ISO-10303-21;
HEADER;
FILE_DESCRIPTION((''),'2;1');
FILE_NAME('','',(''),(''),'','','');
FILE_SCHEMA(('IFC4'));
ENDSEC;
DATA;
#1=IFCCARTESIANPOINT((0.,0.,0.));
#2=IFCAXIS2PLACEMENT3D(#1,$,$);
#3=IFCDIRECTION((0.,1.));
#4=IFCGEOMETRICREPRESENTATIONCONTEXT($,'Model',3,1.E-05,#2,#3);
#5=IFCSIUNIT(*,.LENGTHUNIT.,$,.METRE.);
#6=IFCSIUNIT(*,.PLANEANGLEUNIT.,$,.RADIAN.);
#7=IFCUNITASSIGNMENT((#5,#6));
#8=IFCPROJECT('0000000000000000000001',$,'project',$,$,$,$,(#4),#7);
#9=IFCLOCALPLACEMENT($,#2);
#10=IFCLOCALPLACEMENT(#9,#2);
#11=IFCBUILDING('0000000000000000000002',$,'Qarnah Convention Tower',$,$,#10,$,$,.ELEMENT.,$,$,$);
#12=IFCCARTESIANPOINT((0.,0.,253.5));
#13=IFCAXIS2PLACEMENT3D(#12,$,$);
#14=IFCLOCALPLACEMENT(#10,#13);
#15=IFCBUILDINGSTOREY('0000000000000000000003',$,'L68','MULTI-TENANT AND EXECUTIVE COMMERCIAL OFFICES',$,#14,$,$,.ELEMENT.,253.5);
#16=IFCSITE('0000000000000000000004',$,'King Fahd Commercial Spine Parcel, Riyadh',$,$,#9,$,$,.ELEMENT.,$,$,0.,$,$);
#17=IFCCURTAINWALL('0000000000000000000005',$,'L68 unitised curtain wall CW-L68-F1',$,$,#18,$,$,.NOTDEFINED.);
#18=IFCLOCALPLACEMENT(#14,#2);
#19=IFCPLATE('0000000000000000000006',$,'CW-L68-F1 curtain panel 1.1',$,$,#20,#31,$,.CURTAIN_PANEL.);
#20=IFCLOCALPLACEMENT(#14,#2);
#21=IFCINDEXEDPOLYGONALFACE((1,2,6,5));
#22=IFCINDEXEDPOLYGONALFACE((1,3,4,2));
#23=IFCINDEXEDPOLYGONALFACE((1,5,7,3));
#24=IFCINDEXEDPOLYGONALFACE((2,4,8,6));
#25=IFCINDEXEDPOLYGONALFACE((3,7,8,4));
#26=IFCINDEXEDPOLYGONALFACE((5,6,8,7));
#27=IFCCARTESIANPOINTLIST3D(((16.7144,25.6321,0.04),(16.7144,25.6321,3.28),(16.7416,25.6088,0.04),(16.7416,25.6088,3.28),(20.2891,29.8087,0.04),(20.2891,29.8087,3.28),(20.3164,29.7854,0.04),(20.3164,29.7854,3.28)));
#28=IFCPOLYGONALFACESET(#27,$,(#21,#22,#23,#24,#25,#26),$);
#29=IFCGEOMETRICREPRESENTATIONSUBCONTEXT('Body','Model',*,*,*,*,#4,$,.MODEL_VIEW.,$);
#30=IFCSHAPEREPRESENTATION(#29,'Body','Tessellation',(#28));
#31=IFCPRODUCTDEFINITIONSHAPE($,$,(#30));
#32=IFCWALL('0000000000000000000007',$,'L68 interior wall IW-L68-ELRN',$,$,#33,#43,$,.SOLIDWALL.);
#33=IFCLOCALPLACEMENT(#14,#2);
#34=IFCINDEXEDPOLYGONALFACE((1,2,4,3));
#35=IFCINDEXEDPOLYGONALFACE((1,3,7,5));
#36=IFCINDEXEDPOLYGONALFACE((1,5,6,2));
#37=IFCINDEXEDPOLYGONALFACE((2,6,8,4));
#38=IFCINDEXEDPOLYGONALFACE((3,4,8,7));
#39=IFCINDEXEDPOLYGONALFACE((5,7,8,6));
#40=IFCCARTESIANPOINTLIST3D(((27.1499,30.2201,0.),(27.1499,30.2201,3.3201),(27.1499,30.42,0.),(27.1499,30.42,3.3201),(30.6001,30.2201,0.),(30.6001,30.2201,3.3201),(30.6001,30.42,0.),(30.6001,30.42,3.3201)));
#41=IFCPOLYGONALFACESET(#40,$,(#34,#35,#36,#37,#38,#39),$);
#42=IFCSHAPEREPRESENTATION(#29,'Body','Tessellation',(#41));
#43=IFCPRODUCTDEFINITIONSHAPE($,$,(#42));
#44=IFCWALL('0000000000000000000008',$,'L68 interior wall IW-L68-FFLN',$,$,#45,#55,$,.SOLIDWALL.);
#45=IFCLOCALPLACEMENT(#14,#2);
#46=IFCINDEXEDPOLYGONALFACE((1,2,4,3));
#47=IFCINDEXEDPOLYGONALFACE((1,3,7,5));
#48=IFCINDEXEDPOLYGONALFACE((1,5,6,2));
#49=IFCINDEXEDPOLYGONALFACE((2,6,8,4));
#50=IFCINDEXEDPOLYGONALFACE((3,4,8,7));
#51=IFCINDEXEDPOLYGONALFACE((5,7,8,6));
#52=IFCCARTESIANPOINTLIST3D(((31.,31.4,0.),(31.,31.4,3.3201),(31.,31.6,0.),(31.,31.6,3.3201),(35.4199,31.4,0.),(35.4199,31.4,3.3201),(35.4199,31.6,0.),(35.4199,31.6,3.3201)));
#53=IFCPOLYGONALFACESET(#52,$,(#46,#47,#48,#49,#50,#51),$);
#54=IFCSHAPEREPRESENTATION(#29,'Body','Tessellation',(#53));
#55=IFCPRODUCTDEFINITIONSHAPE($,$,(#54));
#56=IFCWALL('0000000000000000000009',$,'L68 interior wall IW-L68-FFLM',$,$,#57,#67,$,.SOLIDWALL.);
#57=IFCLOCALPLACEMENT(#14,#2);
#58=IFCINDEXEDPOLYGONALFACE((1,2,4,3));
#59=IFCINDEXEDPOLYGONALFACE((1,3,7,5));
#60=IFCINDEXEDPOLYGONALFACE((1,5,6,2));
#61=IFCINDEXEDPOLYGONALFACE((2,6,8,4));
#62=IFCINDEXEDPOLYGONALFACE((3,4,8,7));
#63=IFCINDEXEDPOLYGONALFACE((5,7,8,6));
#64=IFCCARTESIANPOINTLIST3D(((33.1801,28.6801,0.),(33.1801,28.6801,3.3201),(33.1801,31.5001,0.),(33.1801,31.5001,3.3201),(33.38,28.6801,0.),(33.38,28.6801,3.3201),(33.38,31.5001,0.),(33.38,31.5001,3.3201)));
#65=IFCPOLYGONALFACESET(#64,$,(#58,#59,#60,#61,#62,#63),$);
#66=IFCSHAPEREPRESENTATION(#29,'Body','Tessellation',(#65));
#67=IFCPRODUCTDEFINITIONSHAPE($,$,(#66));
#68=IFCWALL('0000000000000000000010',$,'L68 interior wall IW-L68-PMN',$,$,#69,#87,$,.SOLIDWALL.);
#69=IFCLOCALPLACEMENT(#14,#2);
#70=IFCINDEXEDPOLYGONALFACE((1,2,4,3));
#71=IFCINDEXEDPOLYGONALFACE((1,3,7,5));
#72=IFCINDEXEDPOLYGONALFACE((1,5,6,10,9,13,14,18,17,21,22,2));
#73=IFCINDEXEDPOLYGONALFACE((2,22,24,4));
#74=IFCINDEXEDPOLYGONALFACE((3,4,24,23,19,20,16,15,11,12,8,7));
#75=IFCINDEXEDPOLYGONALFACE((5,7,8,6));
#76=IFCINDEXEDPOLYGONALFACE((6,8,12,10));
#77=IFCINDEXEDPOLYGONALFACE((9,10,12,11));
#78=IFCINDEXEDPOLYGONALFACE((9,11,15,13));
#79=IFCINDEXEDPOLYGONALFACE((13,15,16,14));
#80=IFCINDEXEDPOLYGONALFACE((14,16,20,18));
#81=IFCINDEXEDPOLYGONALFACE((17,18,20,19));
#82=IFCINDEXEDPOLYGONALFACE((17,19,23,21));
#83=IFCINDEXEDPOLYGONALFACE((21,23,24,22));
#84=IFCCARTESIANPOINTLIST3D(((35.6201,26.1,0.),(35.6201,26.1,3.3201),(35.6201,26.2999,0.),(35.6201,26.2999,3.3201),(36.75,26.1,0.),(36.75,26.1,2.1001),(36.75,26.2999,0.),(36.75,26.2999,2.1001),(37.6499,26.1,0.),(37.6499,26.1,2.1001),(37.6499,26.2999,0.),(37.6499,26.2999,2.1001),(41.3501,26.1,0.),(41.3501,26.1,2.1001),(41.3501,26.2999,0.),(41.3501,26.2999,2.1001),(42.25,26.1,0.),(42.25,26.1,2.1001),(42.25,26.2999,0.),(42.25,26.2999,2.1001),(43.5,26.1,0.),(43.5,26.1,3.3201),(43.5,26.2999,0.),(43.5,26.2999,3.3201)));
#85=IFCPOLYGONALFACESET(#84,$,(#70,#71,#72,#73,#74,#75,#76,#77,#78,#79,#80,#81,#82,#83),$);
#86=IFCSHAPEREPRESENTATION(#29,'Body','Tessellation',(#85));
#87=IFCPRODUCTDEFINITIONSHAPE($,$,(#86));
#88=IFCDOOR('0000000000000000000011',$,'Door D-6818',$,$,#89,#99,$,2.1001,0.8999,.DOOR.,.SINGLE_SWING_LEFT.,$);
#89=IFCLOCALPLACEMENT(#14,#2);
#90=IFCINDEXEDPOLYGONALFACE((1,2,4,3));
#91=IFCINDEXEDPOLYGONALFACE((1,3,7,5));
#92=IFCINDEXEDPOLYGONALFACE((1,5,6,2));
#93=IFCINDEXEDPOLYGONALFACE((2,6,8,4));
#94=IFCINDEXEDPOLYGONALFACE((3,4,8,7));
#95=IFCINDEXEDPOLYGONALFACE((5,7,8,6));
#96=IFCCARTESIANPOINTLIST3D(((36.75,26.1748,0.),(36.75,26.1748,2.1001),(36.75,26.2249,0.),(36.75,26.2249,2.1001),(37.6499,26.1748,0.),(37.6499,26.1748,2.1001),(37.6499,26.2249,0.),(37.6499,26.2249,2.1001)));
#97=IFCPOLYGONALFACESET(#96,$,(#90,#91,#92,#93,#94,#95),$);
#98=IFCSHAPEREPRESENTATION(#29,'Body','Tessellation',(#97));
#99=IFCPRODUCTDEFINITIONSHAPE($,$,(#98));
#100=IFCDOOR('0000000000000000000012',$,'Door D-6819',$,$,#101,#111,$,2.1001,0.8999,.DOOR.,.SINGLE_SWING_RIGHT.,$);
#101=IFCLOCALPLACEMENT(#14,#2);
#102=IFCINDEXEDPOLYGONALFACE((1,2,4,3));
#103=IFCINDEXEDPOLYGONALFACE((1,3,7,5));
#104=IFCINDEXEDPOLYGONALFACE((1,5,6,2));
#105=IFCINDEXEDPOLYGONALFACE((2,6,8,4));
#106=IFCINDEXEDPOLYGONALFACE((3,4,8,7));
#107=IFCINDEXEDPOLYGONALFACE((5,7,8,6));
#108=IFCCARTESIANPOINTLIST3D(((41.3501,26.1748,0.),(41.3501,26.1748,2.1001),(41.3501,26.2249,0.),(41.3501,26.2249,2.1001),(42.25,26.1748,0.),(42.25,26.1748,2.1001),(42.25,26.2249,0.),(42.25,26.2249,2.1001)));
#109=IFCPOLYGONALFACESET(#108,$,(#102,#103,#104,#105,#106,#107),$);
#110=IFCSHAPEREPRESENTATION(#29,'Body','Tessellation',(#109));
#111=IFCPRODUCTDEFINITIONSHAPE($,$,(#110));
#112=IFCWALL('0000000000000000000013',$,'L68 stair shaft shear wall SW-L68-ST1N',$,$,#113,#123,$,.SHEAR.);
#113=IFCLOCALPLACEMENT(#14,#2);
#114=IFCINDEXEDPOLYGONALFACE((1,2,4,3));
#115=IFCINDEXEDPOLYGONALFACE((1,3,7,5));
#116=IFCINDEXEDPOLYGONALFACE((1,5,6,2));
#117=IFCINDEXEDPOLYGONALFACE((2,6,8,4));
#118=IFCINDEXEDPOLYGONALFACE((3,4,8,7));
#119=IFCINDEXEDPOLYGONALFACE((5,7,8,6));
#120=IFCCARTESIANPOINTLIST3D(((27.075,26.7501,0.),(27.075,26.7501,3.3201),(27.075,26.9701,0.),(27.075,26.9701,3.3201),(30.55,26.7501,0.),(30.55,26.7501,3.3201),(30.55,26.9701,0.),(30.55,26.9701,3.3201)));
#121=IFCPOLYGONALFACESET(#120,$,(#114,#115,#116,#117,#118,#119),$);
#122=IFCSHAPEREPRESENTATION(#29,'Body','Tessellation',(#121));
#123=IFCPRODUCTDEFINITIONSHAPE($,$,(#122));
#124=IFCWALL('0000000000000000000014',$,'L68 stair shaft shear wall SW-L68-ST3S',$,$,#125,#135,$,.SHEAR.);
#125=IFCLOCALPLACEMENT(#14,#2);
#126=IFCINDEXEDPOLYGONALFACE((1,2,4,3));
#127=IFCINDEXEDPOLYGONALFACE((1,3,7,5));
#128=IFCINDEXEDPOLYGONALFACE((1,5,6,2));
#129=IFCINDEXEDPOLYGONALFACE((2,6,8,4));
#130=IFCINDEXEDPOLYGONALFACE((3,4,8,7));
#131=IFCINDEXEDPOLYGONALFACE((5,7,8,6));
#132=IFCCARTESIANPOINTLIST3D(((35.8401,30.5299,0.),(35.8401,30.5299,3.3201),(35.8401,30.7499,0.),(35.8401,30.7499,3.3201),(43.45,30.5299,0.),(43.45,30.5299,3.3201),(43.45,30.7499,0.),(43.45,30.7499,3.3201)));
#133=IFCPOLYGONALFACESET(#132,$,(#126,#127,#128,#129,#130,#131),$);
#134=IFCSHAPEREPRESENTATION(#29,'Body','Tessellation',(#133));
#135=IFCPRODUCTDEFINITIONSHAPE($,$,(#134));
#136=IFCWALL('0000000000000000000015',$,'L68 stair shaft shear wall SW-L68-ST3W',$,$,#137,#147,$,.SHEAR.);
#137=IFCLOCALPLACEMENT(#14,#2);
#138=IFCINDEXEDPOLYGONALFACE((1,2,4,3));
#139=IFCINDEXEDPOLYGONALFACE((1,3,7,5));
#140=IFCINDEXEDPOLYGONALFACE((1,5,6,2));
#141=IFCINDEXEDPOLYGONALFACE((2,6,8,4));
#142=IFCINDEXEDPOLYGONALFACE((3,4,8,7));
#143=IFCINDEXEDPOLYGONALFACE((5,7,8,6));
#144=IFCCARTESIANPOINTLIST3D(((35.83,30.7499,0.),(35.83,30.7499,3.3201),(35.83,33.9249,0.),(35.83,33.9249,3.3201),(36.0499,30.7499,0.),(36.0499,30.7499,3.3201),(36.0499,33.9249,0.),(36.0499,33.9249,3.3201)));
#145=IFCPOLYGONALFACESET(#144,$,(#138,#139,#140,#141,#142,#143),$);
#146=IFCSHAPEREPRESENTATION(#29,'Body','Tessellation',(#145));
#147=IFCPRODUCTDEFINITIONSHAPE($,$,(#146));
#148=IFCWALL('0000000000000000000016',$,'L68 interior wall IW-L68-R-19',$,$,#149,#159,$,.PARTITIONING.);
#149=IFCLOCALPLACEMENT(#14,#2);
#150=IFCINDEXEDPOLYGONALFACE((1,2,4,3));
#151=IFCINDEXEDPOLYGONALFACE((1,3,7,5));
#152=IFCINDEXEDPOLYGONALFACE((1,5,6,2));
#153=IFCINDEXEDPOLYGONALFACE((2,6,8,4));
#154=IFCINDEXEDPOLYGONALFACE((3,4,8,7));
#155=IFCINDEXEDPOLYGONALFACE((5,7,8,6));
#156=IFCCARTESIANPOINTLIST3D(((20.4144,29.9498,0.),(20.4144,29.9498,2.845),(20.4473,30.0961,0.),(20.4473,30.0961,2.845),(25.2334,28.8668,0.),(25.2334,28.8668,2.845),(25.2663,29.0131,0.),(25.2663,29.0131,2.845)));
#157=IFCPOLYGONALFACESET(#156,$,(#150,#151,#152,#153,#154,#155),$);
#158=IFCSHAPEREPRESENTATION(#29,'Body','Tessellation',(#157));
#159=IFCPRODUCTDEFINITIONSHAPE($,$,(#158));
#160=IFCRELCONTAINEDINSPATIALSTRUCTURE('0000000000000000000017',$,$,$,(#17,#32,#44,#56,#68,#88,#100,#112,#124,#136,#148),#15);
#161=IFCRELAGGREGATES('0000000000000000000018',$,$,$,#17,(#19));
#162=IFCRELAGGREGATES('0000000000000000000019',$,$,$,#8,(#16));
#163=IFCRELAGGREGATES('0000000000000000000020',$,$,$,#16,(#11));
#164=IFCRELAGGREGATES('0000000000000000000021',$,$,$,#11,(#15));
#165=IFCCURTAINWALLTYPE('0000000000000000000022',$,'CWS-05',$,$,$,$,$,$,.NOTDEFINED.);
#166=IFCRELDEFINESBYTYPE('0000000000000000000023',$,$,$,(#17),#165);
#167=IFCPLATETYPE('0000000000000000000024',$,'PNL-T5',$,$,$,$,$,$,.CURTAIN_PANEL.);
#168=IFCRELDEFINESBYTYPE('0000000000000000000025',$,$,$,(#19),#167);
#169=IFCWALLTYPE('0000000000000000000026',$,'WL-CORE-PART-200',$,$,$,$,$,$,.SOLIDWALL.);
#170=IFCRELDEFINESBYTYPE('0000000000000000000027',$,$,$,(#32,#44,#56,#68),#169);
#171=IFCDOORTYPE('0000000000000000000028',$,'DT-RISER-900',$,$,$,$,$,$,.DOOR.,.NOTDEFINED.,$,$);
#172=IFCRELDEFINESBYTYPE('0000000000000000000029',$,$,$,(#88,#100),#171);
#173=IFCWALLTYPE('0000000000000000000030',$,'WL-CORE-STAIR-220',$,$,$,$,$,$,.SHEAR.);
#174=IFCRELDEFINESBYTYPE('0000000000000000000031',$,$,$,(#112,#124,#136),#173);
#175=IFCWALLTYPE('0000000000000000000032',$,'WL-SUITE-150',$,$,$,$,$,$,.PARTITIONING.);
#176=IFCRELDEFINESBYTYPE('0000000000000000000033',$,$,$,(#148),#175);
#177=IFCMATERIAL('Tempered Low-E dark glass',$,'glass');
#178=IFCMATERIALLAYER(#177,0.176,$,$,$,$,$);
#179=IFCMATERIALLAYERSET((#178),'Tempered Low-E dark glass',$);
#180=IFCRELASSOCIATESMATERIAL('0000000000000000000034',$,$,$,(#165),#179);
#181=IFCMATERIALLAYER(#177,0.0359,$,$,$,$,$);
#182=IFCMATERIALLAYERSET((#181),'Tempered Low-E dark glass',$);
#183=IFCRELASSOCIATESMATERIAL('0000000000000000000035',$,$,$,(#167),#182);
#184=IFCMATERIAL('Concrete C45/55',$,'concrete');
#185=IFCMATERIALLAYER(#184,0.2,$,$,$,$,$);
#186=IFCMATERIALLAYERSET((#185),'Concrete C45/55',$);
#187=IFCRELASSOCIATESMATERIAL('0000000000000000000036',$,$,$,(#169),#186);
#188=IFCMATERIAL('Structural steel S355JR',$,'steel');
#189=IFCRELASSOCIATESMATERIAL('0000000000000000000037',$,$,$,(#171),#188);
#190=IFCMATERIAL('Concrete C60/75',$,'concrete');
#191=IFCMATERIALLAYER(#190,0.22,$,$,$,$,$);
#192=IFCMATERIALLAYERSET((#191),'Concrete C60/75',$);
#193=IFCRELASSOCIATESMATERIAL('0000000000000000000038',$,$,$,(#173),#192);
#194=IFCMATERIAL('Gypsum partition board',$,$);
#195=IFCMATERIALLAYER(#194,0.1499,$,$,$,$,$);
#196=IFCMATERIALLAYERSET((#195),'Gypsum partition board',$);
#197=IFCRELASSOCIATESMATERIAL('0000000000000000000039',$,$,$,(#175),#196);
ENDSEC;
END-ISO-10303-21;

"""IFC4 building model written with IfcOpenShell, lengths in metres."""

from ifc_helpers import new_model, si_unit, direction, frame, frame_2d, origin, origin_2d, place, context, subcontext, project, spatial, rectangle, extrude, material, layer, layer_set, type_object, element, fill, aggregate, save


model = new_model("IFC4")

# Units and contexts
model_context = context("Model", 3, precision=1e-05, world=origin(), true_north=direction((0.0, 1.0)))
body_context = subcontext(model_context, "Body", "Model", "MODEL_VIEW")
ifc_project = project(units=[si_unit("LENGTHUNIT", "METRE"), si_unit("PLANEANGLEUNIT", "RADIAN")], contexts=[model_context])

# Site, building, storey
site_placement = place(None, origin())
site = spatial("IfcSite", under=ifc_project, at=site_placement, Name="King Fahd Commercial Spine Parcel, Riyadh", CompositionType="ELEMENT", RefElevation=0.0)
building_placement = place(site_placement, origin())
building = spatial("IfcBuilding", under=site, at=building_placement, Name="Qarnah Convention Tower", CompositionType="ELEMENT")
storey_placement = place(building_placement, frame((0.0, 0.0, 253.5)))
storey = spatial("IfcBuildingStorey", under=building, at=storey_placement, Name="L68", Description="MULTI-TENANT AND EXECUTIVE COMMERCIAL OFFICES", CompositionType="ELEMENT", Elevation=253.5)

# Shared definitions
ifc_material_1 = material(Name="Structural steel S355JR", Category="steel")

# Curtain wall, plate
ifc_material_2 = material(Name="Tempered Low-E dark glass", Category="glass")
ifc_layer_1 = layer(ifc_material_2, 0.176)
ifc_layer_set_1 = layer_set([ifc_layer_1], Name="Tempered Low-E dark glass")
curtain_wall_type = type_object("IfcCurtainWallType", Name="CWS-05", PredefinedType="NOTDEFINED", material=ifc_layer_set_1)
curtain_wall_placement = place(storey_placement, origin())
curtain_wall = element("IfcCurtainWall", 1, at=curtain_wall_placement, inside=storey, type_object=curtain_wall_type, Name="L68 unitised curtain wall CW-L68-F1", PredefinedType="NOTDEFINED")
ifc_layer_2 = layer(ifc_material_2, 0.0359)
ifc_layer_set_2 = layer_set([ifc_layer_2], Name="Tempered Low-E dark glass")
plate_type = type_object("IfcPlateType", Name="PNL-T5", PredefinedType="CURTAIN_PANEL", material=ifc_layer_set_2)
plate_placement = place(storey_placement, frame((18.5154, 27.7087, 0.04), z_axis=(0.0, 0.0, 1.0), x_axis=(0.650248, 0.759722, 0.0)))
plate = element("IfcPlate", 2, at=plate_placement, type_object=plate_type, Name="CW-L68-F1 curtain panel 1.1", PredefinedType="CURTAIN_PANEL", context=body_context, shape_type="SweptSolid", body=[
    extrude(rectangle(XDim=5.4976, YDim=0.0359, at=origin_2d()), origin(), (0.0, 0.0, 1.0), 3.24),
])
aggregate(curtain_wall, [plate])

# Wall
ifc_material_3 = material(Name="Concrete C45/55", Category="concrete")
ifc_layer_3 = layer(ifc_material_3, 0.2)
ifc_layer_set_3 = layer_set([ifc_layer_3], Name="Concrete C45/55")
wall_type_1 = type_object("IfcWallType", Name="WL-CORE-PART-200", PredefinedType="SOLIDWALL", material=ifc_layer_set_3)
wall_1_placement = place(storey_placement, frame((27.1499, 30.3201, 0.0), z_axis=(0.0, 0.0, 1.0), x_axis=(1.0, 0.0, 0.0)))
element("IfcWall", 3, at=wall_1_placement, inside=storey, type_object=wall_type_1, Name="L68 interior wall IW-L68-ELRN", PredefinedType="SOLIDWALL", context=body_context, shape_type="SweptSolid", body=[
    extrude(rectangle(XDim=3.4502, YDim=0.2, at=frame_2d((1.7251, 0.0))), origin(), (0.0, 0.0, 1.0), 3.3201),
])

# Walls
wall_2_placement = place(storey_placement, frame((31.0, 31.5, 0.0), z_axis=(0.0, 0.0, 1.0), x_axis=(1.0, 0.0, 0.0)))
element("IfcWall", 4, at=wall_2_placement, inside=storey, type_object=wall_type_1, Name="L68 interior wall IW-L68-FFLN", PredefinedType="SOLIDWALL", context=body_context, shape_type="SweptSolid", body=[
    extrude(rectangle(XDim=4.4199, YDim=0.2, at=frame_2d((2.21, 0.0))), origin(), (0.0, 0.0, 1.0), 3.3201),
])
wall_3_placement = place(storey_placement, frame((33.28, 28.6799, 0.0), z_axis=(0.0, 0.0, 1.0), x_axis=(0.0, 1.0, 0.0)))
element("IfcWall", 5, at=wall_3_placement, inside=storey, type_object=wall_type_1, Name="L68 interior wall IW-L68-FFLM", PredefinedType="SOLIDWALL", context=body_context, shape_type="SweptSolid", body=[
    extrude(rectangle(XDim=2.8201, YDim=0.2, at=frame_2d((1.4102, 0.0))), origin(), (0.0, 0.0, 1.0), 3.3201),
])

# Wall, openings, doors
wall_4_placement = place(storey_placement, frame((35.6201, 26.2, 0.0), z_axis=(0.0, 0.0, 1.0), x_axis=(1.0, 0.0, 0.0)))
wall_4 = element("IfcWall", 6, at=wall_4_placement, inside=storey, type_object=wall_type_1, Name="L68 interior wall IW-L68-PMN", PredefinedType="SOLIDWALL", context=body_context, shape_type="SweptSolid", body=[
    extrude(rectangle(XDim=7.8799, YDim=0.2, at=frame_2d((3.9399, 0.0))), origin(), (0.0, 0.0, 1.0), 3.3201),
])
opening_1_placement = place(wall_4_placement, frame((1.1299, 0.0, 0.0)))
opening_1 = element("IfcOpeningElement", 7, at=opening_1_placement, cuts=wall_4, PredefinedType="OPENING", context=body_context, shape_type="SweptSolid", body=[
    extrude(rectangle(XDim=0.8999, YDim=2.1001, at=frame_2d((0.45, 1.05))), frame((0.0, 0.1099, 0.0), z_axis=(0.0, -1.0, 0.0), x_axis=(1.0, 0.0, 0.0)), (0.0, 0.0, 1.0), 0.22),
])
opening_2_placement = place(wall_4_placement, frame((5.73, 0.0, 0.0)))
opening_2 = element("IfcOpeningElement", 8, at=opening_2_placement, cuts=wall_4, PredefinedType="OPENING", context=body_context, shape_type="SweptSolid", body=[
    extrude(rectangle(XDim=0.8999, YDim=2.1001, at=frame_2d((0.45, 1.05))), frame((0.0, 0.1099, 0.0), z_axis=(0.0, -1.0, 0.0), x_axis=(1.0, 0.0, 0.0)), (0.0, 0.0, 1.0), 0.22),
])
door_type_1 = type_object("IfcDoorType", Name="DT-RISER-900", OperationType="NOTDEFINED", PredefinedType="DOOR", material=ifc_material_1)
door_1_placement = place(opening_1_placement, origin())
door_1 = element("IfcDoor", 9, at=door_1_placement, inside=storey, type_object=door_type_1, Name="Door D-6818", OperationType="SINGLE_SWING_LEFT", OverallHeight=2.1001, OverallWidth=0.8999, PredefinedType="DOOR", context=body_context, shape_type="SweptSolid", body=[
    extrude(rectangle(XDim=0.8999, YDim=2.1001, at=frame_2d((0.45, 1.05))), frame((0.0, 0.0249, 0.0), z_axis=(0.0, -1.0, 0.0), x_axis=(1.0, 0.0, 0.0)), (0.0, 0.0, 1.0), 0.05),
])
fill(opening_1, door_1)
door_2_placement = place(opening_2_placement, origin())
door_2 = element("IfcDoor", 10, at=door_2_placement, inside=storey, type_object=door_type_1, Name="Door D-6819", OperationType="SINGLE_SWING_RIGHT", OverallHeight=2.1001, OverallWidth=0.8999, PredefinedType="DOOR", context=body_context, shape_type="SweptSolid", body=[
    extrude(rectangle(XDim=0.8999, YDim=2.1001, at=frame_2d((0.45, 1.05))), frame((0.0, 0.0249, 0.0), z_axis=(0.0, -1.0, 0.0), x_axis=(1.0, 0.0, 0.0)), (0.0, 0.0, 1.0), 0.05),
])
fill(opening_2, door_2)

# Walls
ifc_material_4 = material(Name="Concrete C60/75", Category="concrete")
ifc_layer_4 = layer(ifc_material_4, 0.22)
ifc_layer_set_4 = layer_set([ifc_layer_4], Name="Concrete C60/75")
wall_type_2 = type_object("IfcWallType", Name="WL-CORE-STAIR-220", PredefinedType="SHEAR", material=ifc_layer_set_4)
wall_5_placement = place(storey_placement, frame((27.075, 26.8601, 0.0), z_axis=(0.0, 0.0, 1.0), x_axis=(1.0, 0.0, 0.0)))
element("IfcWall", 11, at=wall_5_placement, inside=storey, type_object=wall_type_2, Name="L68 stair shaft shear wall SW-L68-ST1N", PredefinedType="SHEAR", context=body_context, shape_type="SweptSolid", body=[
    extrude(rectangle(XDim=3.4751, YDim=0.22, at=frame_2d((1.7375, 0.0))), origin(), (0.0, 0.0, 1.0), 3.3201),
])
wall_6_placement = place(storey_placement, frame((35.8401, 30.6399, 0.0), z_axis=(0.0, 0.0, 1.0), x_axis=(1.0, 0.0, 0.0)))
element("IfcWall", 12, at=wall_6_placement, inside=storey, type_object=wall_type_2, Name="L68 stair shaft shear wall SW-L68-ST3S", PredefinedType="SHEAR", context=body_context, shape_type="SweptSolid", body=[
    extrude(rectangle(XDim=7.6099, YDim=0.22, at=frame_2d((3.8049, 0.0))), origin(), (0.0, 0.0, 1.0), 3.3201),
])
wall_7_placement = place(storey_placement, frame((35.9399, 30.75, 0.0), z_axis=(0.0, 0.0, 1.0), x_axis=(0.0, 1.0, 0.0)))
element("IfcWall", 13, at=wall_7_placement, inside=storey, type_object=wall_type_2, Name="L68 stair shaft shear wall SW-L68-ST3W", PredefinedType="SHEAR", context=body_context, shape_type="SweptSolid", body=[
    extrude(rectangle(XDim=3.175, YDim=0.22, at=frame_2d((1.5874, 0.0))), origin(), (0.0, 0.0, 1.0), 3.3201),
])
ifc_material_5 = material(Name="Gypsum partition board")
ifc_layer_5 = layer(ifc_material_5, 0.1499)
ifc_layer_set_5 = layer_set([ifc_layer_5], Name="Gypsum partition board")
wall_type_3 = type_object("IfcWallType", Name="WL-SUITE-150", PredefinedType="PARTITIONING", material=ifc_layer_set_5)
wall_8_placement = place(storey_placement, frame((25.25, 28.9399, 0.0), z_axis=(0.0, 0.0, 1.0), x_axis=(-0.975666, 0.219264, 0.0)))
element("IfcWall", 14, at=wall_8_placement, inside=storey, type_object=wall_type_3, Name="L68 interior wall IW-L68-R-19", PredefinedType="PARTITIONING", context=body_context, shape_type="SweptSolid", body=[
    extrude(rectangle(XDim=4.9392, YDim=0.1499, at=frame_2d((2.4697, 0.0))), origin(), (0.0, 0.0, 1.0), 2.845),
])

save(model, "model.ifc")
